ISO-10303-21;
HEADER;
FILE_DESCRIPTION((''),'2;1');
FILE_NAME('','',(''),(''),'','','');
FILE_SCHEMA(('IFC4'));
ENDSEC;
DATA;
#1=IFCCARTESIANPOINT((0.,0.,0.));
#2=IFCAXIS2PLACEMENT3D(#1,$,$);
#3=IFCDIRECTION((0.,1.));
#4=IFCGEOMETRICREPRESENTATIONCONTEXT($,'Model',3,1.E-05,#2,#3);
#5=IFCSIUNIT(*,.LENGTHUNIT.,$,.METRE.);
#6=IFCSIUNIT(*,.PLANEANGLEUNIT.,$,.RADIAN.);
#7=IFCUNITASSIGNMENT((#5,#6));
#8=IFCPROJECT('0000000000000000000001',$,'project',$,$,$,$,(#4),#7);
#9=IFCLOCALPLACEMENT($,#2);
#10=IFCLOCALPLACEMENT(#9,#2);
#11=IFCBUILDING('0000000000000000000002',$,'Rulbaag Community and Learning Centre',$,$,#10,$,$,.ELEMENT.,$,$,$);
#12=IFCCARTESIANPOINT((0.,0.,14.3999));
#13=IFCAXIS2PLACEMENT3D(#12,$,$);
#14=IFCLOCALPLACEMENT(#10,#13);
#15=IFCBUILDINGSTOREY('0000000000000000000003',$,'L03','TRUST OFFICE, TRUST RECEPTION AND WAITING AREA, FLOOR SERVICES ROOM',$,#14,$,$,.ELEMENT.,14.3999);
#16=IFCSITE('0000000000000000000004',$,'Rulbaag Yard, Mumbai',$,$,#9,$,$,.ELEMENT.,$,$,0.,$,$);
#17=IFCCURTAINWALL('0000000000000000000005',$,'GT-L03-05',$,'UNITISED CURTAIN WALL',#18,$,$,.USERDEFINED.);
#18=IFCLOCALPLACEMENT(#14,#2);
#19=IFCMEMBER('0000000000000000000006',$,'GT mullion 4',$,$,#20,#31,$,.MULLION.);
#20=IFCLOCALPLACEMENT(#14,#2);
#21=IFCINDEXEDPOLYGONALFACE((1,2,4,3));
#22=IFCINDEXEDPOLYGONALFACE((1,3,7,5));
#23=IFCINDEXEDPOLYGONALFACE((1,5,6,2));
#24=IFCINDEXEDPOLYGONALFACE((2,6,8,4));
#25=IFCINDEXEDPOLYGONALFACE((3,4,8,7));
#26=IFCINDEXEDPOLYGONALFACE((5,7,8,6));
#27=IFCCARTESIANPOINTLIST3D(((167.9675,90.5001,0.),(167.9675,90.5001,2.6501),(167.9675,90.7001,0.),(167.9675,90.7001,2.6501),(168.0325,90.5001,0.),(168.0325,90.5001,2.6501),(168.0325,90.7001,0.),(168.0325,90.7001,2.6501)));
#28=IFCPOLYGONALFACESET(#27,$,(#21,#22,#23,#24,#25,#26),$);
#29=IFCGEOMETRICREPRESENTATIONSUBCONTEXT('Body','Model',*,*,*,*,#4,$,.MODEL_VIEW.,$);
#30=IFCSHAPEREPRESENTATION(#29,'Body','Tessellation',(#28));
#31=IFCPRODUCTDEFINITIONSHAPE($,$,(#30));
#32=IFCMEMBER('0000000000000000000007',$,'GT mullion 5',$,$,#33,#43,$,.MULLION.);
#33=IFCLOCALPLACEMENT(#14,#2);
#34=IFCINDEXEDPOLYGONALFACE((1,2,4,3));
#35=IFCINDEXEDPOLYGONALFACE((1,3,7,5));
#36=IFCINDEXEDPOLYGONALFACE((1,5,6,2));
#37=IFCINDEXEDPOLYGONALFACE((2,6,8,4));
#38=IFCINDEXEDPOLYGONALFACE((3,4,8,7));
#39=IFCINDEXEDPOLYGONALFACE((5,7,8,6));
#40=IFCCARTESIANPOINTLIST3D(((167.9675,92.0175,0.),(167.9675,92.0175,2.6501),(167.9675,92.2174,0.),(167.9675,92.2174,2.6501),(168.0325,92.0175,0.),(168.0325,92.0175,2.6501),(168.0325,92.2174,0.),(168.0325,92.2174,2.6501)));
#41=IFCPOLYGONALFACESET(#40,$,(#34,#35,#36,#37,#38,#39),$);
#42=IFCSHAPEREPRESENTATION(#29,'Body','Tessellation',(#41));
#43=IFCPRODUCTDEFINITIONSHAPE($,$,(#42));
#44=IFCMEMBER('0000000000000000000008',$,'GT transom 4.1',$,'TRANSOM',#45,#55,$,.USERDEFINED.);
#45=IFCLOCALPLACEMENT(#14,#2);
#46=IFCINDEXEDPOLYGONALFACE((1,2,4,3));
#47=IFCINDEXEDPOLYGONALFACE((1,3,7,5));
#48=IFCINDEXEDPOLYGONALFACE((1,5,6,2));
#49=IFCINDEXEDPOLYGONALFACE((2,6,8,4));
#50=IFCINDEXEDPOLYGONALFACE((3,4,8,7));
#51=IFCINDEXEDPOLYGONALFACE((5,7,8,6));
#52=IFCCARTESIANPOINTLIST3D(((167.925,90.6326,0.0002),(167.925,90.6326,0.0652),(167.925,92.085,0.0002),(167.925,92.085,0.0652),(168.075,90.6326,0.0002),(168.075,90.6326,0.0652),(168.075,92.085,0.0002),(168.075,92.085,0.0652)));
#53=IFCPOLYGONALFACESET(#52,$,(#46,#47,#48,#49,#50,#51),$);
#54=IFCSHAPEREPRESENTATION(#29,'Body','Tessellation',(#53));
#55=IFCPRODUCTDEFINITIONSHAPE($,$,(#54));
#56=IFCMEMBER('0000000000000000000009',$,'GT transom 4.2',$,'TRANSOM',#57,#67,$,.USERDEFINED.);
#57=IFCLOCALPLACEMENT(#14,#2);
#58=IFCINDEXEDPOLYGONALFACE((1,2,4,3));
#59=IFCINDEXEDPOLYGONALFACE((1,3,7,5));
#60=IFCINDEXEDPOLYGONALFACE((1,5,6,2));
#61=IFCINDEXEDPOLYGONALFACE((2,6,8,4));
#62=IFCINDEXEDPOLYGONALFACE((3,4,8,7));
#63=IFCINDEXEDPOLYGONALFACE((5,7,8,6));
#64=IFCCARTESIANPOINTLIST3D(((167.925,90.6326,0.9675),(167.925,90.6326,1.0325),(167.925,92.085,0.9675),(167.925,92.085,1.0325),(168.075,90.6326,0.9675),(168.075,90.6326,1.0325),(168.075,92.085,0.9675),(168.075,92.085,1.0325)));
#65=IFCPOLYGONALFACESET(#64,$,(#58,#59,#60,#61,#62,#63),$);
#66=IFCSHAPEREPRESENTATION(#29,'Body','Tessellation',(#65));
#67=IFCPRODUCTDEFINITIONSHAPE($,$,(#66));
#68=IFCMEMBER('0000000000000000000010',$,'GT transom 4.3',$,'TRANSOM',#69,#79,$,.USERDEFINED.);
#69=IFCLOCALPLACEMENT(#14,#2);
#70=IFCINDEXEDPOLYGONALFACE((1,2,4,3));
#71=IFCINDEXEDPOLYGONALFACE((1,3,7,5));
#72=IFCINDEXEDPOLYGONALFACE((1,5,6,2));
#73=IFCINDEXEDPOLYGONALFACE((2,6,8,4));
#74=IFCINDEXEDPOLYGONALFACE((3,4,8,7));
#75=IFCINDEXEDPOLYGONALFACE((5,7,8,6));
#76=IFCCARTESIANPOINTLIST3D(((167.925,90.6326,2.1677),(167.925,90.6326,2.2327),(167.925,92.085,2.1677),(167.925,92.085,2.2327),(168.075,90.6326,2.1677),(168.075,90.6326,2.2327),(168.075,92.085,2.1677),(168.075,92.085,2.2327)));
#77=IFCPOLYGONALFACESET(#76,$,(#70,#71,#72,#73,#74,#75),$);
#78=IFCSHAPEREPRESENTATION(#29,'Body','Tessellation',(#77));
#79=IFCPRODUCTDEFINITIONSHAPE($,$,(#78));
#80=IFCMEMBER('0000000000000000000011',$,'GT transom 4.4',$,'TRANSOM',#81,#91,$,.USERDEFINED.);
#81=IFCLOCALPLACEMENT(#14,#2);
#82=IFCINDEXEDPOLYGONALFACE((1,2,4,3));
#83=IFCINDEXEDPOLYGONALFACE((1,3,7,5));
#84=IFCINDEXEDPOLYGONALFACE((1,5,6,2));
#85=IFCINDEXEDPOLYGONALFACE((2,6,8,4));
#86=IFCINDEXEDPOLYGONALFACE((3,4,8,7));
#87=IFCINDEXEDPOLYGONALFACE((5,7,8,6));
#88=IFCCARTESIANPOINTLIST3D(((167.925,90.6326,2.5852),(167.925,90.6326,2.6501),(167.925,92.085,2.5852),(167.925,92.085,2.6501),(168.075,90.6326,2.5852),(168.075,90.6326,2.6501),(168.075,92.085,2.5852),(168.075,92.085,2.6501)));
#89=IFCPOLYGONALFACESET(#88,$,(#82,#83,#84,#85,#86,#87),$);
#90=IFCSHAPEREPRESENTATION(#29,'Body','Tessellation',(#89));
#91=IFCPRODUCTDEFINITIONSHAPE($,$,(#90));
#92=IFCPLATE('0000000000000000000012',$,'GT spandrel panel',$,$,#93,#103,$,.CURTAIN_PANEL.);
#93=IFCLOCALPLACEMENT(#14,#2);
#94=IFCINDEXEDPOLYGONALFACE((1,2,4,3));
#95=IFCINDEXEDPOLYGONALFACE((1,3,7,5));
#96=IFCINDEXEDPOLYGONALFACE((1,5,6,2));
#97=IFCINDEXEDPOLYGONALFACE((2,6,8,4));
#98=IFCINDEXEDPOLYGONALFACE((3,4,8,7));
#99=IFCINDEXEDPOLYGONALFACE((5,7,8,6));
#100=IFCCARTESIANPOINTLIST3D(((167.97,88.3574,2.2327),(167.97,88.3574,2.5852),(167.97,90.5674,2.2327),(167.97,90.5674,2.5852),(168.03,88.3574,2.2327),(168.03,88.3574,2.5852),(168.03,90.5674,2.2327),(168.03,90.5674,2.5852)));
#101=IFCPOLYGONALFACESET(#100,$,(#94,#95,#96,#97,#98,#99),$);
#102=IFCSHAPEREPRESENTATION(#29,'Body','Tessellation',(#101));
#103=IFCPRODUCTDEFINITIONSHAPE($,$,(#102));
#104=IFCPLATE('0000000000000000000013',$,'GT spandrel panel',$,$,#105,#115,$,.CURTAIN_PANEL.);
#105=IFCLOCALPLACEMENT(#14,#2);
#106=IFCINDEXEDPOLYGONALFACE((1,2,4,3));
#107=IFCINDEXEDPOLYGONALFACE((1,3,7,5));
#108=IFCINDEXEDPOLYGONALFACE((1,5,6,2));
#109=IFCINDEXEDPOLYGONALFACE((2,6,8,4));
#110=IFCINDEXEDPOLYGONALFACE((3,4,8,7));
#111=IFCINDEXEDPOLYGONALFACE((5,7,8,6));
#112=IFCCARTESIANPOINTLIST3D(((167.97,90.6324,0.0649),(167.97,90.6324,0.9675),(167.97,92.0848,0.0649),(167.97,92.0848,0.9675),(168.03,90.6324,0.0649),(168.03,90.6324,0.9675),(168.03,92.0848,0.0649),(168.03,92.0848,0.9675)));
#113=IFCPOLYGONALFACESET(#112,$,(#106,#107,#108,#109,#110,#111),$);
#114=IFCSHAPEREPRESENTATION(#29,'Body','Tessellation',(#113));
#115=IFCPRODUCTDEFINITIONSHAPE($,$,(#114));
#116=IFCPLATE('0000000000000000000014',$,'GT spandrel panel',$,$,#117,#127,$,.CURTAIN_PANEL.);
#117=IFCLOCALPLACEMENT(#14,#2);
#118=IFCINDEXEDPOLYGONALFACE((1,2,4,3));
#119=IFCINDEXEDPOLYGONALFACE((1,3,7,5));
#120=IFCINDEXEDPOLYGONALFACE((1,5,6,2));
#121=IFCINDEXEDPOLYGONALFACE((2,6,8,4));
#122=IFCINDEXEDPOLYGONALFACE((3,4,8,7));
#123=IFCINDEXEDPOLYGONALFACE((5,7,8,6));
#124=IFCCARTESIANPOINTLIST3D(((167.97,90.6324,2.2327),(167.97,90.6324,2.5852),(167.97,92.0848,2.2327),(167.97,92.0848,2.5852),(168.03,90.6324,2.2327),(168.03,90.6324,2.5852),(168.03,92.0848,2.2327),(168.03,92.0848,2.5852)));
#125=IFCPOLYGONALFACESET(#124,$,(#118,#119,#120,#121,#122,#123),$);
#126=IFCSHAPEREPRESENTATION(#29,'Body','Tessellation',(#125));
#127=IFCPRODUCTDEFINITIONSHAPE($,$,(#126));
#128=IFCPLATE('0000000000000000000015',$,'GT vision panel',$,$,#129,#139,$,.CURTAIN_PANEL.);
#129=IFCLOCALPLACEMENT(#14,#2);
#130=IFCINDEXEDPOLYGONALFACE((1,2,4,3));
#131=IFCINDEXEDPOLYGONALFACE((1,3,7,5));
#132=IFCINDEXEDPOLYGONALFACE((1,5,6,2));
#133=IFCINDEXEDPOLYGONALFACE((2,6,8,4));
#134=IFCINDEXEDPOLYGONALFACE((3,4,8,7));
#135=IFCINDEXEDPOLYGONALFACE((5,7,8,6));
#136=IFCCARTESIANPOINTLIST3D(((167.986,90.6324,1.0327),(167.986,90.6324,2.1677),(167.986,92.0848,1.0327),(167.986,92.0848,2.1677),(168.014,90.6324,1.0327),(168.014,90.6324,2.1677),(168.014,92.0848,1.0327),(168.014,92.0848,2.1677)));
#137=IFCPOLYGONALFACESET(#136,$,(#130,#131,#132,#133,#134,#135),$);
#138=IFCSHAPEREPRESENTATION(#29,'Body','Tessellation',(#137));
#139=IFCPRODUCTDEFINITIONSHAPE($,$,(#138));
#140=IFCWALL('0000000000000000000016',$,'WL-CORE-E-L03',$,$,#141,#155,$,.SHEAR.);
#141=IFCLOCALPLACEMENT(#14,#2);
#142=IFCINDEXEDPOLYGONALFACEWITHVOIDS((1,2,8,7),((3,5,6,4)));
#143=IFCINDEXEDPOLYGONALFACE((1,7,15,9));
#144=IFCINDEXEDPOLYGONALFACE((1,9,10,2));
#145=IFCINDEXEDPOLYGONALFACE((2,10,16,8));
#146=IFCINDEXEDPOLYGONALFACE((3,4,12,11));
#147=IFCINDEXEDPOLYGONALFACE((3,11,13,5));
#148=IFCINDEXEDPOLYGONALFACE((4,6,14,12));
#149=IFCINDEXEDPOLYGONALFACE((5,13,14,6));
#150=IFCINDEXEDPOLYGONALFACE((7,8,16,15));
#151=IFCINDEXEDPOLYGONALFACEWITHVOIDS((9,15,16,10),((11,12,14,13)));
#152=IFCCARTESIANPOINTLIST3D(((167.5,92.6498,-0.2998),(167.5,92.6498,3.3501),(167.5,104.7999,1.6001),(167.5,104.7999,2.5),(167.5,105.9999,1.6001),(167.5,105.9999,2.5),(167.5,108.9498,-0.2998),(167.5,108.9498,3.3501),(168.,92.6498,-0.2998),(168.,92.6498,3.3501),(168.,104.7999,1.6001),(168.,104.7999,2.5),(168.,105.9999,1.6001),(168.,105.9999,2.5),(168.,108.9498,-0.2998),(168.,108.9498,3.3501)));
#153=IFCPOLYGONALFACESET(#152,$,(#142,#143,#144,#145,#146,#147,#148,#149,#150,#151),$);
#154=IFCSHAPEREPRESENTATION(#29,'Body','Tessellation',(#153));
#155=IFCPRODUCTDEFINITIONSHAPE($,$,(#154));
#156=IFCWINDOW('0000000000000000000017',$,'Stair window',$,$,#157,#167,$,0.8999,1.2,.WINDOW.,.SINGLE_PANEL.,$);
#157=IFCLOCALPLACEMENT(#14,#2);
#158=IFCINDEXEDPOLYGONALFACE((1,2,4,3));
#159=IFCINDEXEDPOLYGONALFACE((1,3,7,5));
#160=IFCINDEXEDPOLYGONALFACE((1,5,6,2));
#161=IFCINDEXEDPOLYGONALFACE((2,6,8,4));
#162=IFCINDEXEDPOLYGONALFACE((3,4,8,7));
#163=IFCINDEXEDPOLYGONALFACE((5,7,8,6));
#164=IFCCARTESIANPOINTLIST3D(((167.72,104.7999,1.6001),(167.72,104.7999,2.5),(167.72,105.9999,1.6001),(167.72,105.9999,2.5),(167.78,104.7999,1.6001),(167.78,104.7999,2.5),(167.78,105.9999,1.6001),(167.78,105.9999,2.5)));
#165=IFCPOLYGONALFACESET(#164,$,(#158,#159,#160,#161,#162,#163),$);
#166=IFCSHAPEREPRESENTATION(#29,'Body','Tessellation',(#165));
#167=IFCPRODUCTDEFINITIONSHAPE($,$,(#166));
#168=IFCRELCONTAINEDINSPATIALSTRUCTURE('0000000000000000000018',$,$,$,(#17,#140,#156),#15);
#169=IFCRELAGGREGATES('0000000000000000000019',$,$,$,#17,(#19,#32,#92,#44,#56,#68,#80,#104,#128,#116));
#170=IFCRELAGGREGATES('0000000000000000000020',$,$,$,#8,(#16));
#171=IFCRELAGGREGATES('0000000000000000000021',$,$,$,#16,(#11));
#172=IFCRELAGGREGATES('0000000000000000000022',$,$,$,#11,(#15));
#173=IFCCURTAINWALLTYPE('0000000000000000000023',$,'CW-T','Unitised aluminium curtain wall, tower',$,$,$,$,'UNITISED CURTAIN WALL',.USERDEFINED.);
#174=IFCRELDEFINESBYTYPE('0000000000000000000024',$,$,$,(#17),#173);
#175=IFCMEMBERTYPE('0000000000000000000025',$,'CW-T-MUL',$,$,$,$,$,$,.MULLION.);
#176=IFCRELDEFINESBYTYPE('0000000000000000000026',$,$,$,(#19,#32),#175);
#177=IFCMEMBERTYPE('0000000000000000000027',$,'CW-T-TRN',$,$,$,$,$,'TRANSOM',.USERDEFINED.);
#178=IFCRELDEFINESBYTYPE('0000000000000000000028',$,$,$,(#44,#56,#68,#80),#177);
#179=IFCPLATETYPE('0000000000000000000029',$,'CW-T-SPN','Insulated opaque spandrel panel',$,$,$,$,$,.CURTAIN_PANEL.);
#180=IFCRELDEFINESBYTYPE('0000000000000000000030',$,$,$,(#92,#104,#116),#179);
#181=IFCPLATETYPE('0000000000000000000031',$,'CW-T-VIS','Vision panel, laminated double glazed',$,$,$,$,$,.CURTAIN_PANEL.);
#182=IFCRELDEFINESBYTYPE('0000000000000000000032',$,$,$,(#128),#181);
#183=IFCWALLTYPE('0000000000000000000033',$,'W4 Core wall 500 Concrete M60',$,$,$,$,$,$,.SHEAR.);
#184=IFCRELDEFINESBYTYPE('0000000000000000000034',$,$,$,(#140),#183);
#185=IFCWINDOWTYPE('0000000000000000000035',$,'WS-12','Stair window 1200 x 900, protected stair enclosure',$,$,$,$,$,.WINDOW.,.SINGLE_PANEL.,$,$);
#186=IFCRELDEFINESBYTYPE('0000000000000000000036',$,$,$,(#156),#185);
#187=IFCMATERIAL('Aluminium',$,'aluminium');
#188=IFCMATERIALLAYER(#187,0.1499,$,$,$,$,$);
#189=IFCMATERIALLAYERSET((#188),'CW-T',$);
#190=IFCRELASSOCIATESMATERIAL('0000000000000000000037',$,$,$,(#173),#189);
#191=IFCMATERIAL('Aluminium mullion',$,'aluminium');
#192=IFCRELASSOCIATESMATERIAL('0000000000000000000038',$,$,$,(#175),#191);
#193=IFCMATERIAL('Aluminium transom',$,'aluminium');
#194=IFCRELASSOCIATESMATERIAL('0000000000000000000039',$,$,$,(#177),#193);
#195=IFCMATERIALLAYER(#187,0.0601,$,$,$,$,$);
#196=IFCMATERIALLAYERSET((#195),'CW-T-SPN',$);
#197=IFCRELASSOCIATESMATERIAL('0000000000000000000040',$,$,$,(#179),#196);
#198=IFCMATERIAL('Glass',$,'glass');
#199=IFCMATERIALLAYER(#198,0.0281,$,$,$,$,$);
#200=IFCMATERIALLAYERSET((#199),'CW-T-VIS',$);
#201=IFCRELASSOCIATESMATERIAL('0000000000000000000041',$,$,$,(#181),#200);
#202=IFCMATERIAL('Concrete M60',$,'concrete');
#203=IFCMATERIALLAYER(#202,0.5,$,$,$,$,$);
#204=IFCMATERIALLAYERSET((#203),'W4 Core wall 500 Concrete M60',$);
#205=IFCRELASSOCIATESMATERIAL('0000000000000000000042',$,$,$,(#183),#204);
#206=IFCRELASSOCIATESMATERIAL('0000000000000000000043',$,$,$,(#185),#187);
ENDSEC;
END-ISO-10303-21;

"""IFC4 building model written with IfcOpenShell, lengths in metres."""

from ifc_helpers import new_model, si_unit, direction, frame, frame_2d, origin, origin_2d, place, context, subcontext, project, spatial, rectangle, extrude, material, layer, layer_set, material_profile, profile_set, type_object, element, fill, aggregate, save


model = new_model("IFC4")

# Units and contexts
model_context = context("Model", 3, precision=1e-05, world=origin(), true_north=direction((0.0, 1.0)))
body_context = subcontext(model_context, "Body", "Model", "MODEL_VIEW")
ifc_project = project(units=[si_unit("LENGTHUNIT", "METRE"), si_unit("PLANEANGLEUNIT", "RADIAN")], contexts=[model_context])

# Site, building, storey
site_placement = place(None, origin())
site = spatial("IfcSite", under=ifc_project, at=site_placement, Name="Rulbaag Yard, Mumbai", CompositionType="ELEMENT", RefElevation=0.0)
building_placement = place(site_placement, origin())
building = spatial("IfcBuilding", under=site, at=building_placement, Name="Rulbaag Community and Learning Centre", CompositionType="ELEMENT")
storey_placement = place(building_placement, frame((0.0, 0.0, 14.3999)))
storey = spatial("IfcBuildingStorey", under=building, at=storey_placement, Name="L03", Description="TRUST OFFICE, TRUST RECEPTION AND WAITING AREA, FLOOR SERVICES ROOM", CompositionType="ELEMENT", Elevation=14.3999)

# Curtain wall, members, plates
ifc_material_1 = material(Name="Aluminium", Category="aluminium")
ifc_layer_1 = layer(ifc_material_1, 0.1499)
ifc_layer_set_1 = layer_set([ifc_layer_1], Name="CW-T")
curtain_wall_type = type_object("IfcCurtainWallType", Name="CW-T", Description="Unitised aluminium curtain wall, tower", ElementType="UNITISED CURTAIN WALL", PredefinedType="USERDEFINED", material=ifc_layer_set_1)
curtain_wall_placement = place(storey_placement, origin())
curtain_wall = element("IfcCurtainWall", 1, at=curtain_wall_placement, inside=storey, type_object=curtain_wall_type, Name="GT-L03-05", ObjectType="UNITISED CURTAIN WALL", PredefinedType="USERDEFINED")
ifc_material_2 = material(Name="Aluminium mullion", Category="aluminium")
ifc_material_profile_1 = material_profile(ifc_material_2, rectangle(XDim=0.0649, YDim=0.2, at=origin_2d()), Name="AL 65x200")
ifc_profile_set_1 = profile_set([ifc_material_profile_1], Name="Aluminium mullion")
member_type_1 = type_object("IfcMemberType", Name="CW-T-MUL", PredefinedType="MULLION", material=ifc_profile_set_1)
member_1_placement = place(storey_placement, frame((168.0, 90.6001, 0.0), z_axis=(0.0, 0.0, 1.0), x_axis=(-1.0, 0.0, 0.0)))
member_1 = element("IfcMember", 2, at=member_1_placement, type_object=member_type_1, Name="GT mullion 4", PredefinedType="MULLION", context=body_context, shape_type="SweptSolid", body=[
    extrude(rectangle(XDim=0.0649, YDim=0.2, at=origin_2d()), origin(), (0.0, 0.0, 1.0), 2.6501),
])
member_2_placement = place(storey_placement, frame((168.0, 92.1174, 0.0), z_axis=(0.0, 0.0, 1.0), x_axis=(-1.0, 0.0, 0.0)))
member_2 = element("IfcMember", 3, at=member_2_placement, type_object=member_type_1, Name="GT mullion 5", PredefinedType="MULLION", context=body_context, shape_type="SweptSolid", body=[
    extrude(rectangle(XDim=0.0649, YDim=0.2, at=origin_2d()), origin(), (0.0, 0.0, 1.0), 2.6501),
])
ifc_material_3 = material(Name="Aluminium transom", Category="aluminium")
ifc_material_profile_2 = material_profile(ifc_material_3, rectangle(XDim=0.1499, YDim=0.0649, at=origin_2d()), Name="AL 65x150 T")
ifc_profile_set_2 = profile_set([ifc_material_profile_2], Name="Aluminium transom")
member_type_2 = type_object("IfcMemberType", Name="CW-T-TRN", ElementType="TRANSOM", PredefinedType="USERDEFINED", material=ifc_profile_set_2)
member_3_placement = place(storey_placement, frame((168.0, 90.6326, 0.0327), z_axis=(0.0, 1.0, 0.0), x_axis=(-1.0, 0.0, 0.0)))
member_3 = element("IfcMember", 4, at=member_3_placement, type_object=member_type_2, Name="GT transom 4.1", ObjectType="TRANSOM", PredefinedType="USERDEFINED", context=body_context, shape_type="SweptSolid", body=[
    extrude(rectangle(XDim=0.1499, YDim=0.0649, at=origin_2d()), origin(), (0.0, 0.0, 1.0), 1.4524),
])
member_4_placement = place(storey_placement, frame((168.0, 90.6326, 1.0), z_axis=(0.0, 1.0, 0.0), x_axis=(-1.0, 0.0, 0.0)))
member_4 = element("IfcMember", 5, at=member_4_placement, type_object=member_type_2, Name="GT transom 4.2", ObjectType="TRANSOM", PredefinedType="USERDEFINED", context=body_context, shape_type="SweptSolid", body=[
    extrude(rectangle(XDim=0.1499, YDim=0.0649, at=origin_2d()), origin(), (0.0, 0.0, 1.0), 1.4524),
])
member_5_placement = place(storey_placement, frame((168.0, 90.6326, 2.2002), z_axis=(0.0, 1.0, 0.0), x_axis=(-1.0, 0.0, 0.0)))
member_5 = element("IfcMember", 6, at=member_5_placement, type_object=member_type_2, Name="GT transom 4.3", ObjectType="TRANSOM", PredefinedType="USERDEFINED", context=body_context, shape_type="SweptSolid", body=[
    extrude(rectangle(XDim=0.1499, YDim=0.0649, at=origin_2d()), origin(), (0.0, 0.0, 1.0), 1.4524),
])
member_6_placement = place(storey_placement, frame((168.0, 90.6326, 2.6177), z_axis=(0.0, 1.0, 0.0), x_axis=(-1.0, 0.0, 0.0)))
member_6 = element("IfcMember", 7, at=member_6_placement, type_object=member_type_2, Name="GT transom 4.4", ObjectType="TRANSOM", PredefinedType="USERDEFINED", context=body_context, shape_type="SweptSolid", body=[
    extrude(rectangle(XDim=0.1499, YDim=0.0649, at=origin_2d()), origin(), (0.0, 0.0, 1.0), 1.4524),
])
ifc_layer_2 = layer(ifc_material_1, 0.0601)
ifc_layer_set_2 = layer_set([ifc_layer_2], Name="CW-T-SPN")
plate_type_1 = type_object("IfcPlateType", Name="CW-T-SPN", Description="Insulated opaque spandrel panel", PredefinedType="CURTAIN_PANEL", material=ifc_layer_set_2)
plate_1_placement = place(storey_placement, frame((168.0, 89.4624, 2.2327), z_axis=(0.0, 0.0, 1.0), x_axis=(0.0, 1.0, 0.0)))
plate_1 = element("IfcPlate", 8, at=plate_1_placement, type_object=plate_type_1, Name="GT spandrel panel", PredefinedType="CURTAIN_PANEL", context=body_context, shape_type="SweptSolid", body=[
    extrude(rectangle(XDim=2.21, YDim=0.0601, at=origin_2d()), origin(), (0.0, 0.0, 1.0), 0.3525),
])
plate_2_placement = place(storey_placement, frame((168.0, 91.3586, 0.0649), z_axis=(0.0, 0.0, 1.0), x_axis=(0.0, 1.0, 0.0)))
plate_2 = element("IfcPlate", 9, at=plate_2_placement, type_object=plate_type_1, Name="GT spandrel panel", PredefinedType="CURTAIN_PANEL", context=body_context, shape_type="SweptSolid", body=[
    extrude(rectangle(XDim=1.4524, YDim=0.0601, at=origin_2d()), origin(), (0.0, 0.0, 1.0), 0.9026),
])
plate_3_placement = place(storey_placement, frame((168.0, 91.3586, 2.2327), z_axis=(0.0, 0.0, 1.0), x_axis=(0.0, 1.0, 0.0)))
plate_3 = element("IfcPlate", 10, at=plate_3_placement, type_object=plate_type_1, Name="GT spandrel panel", PredefinedType="CURTAIN_PANEL", context=body_context, shape_type="SweptSolid", body=[
    extrude(rectangle(XDim=1.4524, YDim=0.0601, at=origin_2d()), origin(), (0.0, 0.0, 1.0), 0.3525),
])
ifc_material_4 = material(Name="Glass", Category="glass")
ifc_layer_3 = layer(ifc_material_4, 0.0281)
ifc_layer_set_3 = layer_set([ifc_layer_3], Name="CW-T-VIS")
plate_type_2 = type_object("IfcPlateType", Name="CW-T-VIS", Description="Vision panel, laminated double glazed", PredefinedType="CURTAIN_PANEL", material=ifc_layer_set_3)
plate_4_placement = place(storey_placement, frame((168.0, 91.3586, 1.0327), z_axis=(0.0, 0.0, 1.0), x_axis=(0.0, 1.0, 0.0)))
plate_4 = element("IfcPlate", 11, at=plate_4_placement, type_object=plate_type_2, Name="GT vision panel", PredefinedType="CURTAIN_PANEL", context=body_context, shape_type="SweptSolid", body=[
    extrude(rectangle(XDim=1.4524, YDim=0.0281, at=origin_2d()), origin(), (0.0, 0.0, 1.0), 1.135),
])
aggregate(curtain_wall, [member_1, member_2, plate_1, member_3, member_4, member_5, member_6, plate_2, plate_4, plate_3])

# Wall, opening, window
ifc_material_5 = material(Name="Concrete M60", Category="concrete")
ifc_layer_4 = layer(ifc_material_5, 0.5)
ifc_layer_set_4 = layer_set([ifc_layer_4], Name="W4 Core wall 500 Concrete M60")
wall_type = type_object("IfcWallType", Name="W4 Core wall 500 Concrete M60", PredefinedType="SHEAR", material=ifc_layer_set_4)
wall_placement = place(storey_placement, frame((167.75, 92.6499, -0.2998), z_axis=(0.0, 0.0, 1.0), x_axis=(0.0, 1.0, 0.0)))
wall = element("IfcWall", 12, at=wall_placement, inside=storey, type_object=wall_type, Name="WL-CORE-E-L03", PredefinedType="SHEAR", context=body_context, shape_type="SweptSolid", body=[
    extrude(rectangle(XDim=16.3, YDim=0.5, at=frame_2d((8.1499, 0.0))), origin(), (0.0, 0.0, 1.0), 3.6499),
])
opening_placement = place(wall_placement, frame((12.1499, 0.0, 1.8999)))
opening = element("IfcOpeningElement", 13, at=opening_placement, cuts=wall, PredefinedType="OPENING", context=body_context, shape_type="SweptSolid", body=[
    extrude(rectangle(XDim=1.2, YDim=0.8999, at=frame_2d((0.6001, 0.45))), frame((0.0, 0.26, 0.0), z_axis=(0.0, -1.0, 0.0), x_axis=(1.0, 0.0, 0.0)), (0.0, 0.0, 1.0), 0.52),
])
window_type = type_object("IfcWindowType", Name="WS-12", Description="Stair window 1200 x 900, protected stair enclosure", PartitioningType="SINGLE_PANEL", PredefinedType="WINDOW", material=ifc_material_1)
window_placement = place(opening_placement, origin())
window = element("IfcWindow", 14, at=window_placement, inside=storey, type_object=window_type, Name="Stair window", OverallHeight=0.8999, OverallWidth=1.2, PartitioningType="SINGLE_PANEL", PredefinedType="WINDOW", context=body_context, shape_type="SweptSolid", body=[
    extrude(rectangle(XDim=1.2, YDim=0.8999, at=frame_2d((0.6001, 0.45))), frame((0.0, 0.03, 0.0), z_axis=(0.0, -1.0, 0.0), x_axis=(1.0, 0.0, 0.0)), (0.0, 0.0, 1.0), 0.0601),
])
fill(opening, window)

save(model, "model.ifc")
